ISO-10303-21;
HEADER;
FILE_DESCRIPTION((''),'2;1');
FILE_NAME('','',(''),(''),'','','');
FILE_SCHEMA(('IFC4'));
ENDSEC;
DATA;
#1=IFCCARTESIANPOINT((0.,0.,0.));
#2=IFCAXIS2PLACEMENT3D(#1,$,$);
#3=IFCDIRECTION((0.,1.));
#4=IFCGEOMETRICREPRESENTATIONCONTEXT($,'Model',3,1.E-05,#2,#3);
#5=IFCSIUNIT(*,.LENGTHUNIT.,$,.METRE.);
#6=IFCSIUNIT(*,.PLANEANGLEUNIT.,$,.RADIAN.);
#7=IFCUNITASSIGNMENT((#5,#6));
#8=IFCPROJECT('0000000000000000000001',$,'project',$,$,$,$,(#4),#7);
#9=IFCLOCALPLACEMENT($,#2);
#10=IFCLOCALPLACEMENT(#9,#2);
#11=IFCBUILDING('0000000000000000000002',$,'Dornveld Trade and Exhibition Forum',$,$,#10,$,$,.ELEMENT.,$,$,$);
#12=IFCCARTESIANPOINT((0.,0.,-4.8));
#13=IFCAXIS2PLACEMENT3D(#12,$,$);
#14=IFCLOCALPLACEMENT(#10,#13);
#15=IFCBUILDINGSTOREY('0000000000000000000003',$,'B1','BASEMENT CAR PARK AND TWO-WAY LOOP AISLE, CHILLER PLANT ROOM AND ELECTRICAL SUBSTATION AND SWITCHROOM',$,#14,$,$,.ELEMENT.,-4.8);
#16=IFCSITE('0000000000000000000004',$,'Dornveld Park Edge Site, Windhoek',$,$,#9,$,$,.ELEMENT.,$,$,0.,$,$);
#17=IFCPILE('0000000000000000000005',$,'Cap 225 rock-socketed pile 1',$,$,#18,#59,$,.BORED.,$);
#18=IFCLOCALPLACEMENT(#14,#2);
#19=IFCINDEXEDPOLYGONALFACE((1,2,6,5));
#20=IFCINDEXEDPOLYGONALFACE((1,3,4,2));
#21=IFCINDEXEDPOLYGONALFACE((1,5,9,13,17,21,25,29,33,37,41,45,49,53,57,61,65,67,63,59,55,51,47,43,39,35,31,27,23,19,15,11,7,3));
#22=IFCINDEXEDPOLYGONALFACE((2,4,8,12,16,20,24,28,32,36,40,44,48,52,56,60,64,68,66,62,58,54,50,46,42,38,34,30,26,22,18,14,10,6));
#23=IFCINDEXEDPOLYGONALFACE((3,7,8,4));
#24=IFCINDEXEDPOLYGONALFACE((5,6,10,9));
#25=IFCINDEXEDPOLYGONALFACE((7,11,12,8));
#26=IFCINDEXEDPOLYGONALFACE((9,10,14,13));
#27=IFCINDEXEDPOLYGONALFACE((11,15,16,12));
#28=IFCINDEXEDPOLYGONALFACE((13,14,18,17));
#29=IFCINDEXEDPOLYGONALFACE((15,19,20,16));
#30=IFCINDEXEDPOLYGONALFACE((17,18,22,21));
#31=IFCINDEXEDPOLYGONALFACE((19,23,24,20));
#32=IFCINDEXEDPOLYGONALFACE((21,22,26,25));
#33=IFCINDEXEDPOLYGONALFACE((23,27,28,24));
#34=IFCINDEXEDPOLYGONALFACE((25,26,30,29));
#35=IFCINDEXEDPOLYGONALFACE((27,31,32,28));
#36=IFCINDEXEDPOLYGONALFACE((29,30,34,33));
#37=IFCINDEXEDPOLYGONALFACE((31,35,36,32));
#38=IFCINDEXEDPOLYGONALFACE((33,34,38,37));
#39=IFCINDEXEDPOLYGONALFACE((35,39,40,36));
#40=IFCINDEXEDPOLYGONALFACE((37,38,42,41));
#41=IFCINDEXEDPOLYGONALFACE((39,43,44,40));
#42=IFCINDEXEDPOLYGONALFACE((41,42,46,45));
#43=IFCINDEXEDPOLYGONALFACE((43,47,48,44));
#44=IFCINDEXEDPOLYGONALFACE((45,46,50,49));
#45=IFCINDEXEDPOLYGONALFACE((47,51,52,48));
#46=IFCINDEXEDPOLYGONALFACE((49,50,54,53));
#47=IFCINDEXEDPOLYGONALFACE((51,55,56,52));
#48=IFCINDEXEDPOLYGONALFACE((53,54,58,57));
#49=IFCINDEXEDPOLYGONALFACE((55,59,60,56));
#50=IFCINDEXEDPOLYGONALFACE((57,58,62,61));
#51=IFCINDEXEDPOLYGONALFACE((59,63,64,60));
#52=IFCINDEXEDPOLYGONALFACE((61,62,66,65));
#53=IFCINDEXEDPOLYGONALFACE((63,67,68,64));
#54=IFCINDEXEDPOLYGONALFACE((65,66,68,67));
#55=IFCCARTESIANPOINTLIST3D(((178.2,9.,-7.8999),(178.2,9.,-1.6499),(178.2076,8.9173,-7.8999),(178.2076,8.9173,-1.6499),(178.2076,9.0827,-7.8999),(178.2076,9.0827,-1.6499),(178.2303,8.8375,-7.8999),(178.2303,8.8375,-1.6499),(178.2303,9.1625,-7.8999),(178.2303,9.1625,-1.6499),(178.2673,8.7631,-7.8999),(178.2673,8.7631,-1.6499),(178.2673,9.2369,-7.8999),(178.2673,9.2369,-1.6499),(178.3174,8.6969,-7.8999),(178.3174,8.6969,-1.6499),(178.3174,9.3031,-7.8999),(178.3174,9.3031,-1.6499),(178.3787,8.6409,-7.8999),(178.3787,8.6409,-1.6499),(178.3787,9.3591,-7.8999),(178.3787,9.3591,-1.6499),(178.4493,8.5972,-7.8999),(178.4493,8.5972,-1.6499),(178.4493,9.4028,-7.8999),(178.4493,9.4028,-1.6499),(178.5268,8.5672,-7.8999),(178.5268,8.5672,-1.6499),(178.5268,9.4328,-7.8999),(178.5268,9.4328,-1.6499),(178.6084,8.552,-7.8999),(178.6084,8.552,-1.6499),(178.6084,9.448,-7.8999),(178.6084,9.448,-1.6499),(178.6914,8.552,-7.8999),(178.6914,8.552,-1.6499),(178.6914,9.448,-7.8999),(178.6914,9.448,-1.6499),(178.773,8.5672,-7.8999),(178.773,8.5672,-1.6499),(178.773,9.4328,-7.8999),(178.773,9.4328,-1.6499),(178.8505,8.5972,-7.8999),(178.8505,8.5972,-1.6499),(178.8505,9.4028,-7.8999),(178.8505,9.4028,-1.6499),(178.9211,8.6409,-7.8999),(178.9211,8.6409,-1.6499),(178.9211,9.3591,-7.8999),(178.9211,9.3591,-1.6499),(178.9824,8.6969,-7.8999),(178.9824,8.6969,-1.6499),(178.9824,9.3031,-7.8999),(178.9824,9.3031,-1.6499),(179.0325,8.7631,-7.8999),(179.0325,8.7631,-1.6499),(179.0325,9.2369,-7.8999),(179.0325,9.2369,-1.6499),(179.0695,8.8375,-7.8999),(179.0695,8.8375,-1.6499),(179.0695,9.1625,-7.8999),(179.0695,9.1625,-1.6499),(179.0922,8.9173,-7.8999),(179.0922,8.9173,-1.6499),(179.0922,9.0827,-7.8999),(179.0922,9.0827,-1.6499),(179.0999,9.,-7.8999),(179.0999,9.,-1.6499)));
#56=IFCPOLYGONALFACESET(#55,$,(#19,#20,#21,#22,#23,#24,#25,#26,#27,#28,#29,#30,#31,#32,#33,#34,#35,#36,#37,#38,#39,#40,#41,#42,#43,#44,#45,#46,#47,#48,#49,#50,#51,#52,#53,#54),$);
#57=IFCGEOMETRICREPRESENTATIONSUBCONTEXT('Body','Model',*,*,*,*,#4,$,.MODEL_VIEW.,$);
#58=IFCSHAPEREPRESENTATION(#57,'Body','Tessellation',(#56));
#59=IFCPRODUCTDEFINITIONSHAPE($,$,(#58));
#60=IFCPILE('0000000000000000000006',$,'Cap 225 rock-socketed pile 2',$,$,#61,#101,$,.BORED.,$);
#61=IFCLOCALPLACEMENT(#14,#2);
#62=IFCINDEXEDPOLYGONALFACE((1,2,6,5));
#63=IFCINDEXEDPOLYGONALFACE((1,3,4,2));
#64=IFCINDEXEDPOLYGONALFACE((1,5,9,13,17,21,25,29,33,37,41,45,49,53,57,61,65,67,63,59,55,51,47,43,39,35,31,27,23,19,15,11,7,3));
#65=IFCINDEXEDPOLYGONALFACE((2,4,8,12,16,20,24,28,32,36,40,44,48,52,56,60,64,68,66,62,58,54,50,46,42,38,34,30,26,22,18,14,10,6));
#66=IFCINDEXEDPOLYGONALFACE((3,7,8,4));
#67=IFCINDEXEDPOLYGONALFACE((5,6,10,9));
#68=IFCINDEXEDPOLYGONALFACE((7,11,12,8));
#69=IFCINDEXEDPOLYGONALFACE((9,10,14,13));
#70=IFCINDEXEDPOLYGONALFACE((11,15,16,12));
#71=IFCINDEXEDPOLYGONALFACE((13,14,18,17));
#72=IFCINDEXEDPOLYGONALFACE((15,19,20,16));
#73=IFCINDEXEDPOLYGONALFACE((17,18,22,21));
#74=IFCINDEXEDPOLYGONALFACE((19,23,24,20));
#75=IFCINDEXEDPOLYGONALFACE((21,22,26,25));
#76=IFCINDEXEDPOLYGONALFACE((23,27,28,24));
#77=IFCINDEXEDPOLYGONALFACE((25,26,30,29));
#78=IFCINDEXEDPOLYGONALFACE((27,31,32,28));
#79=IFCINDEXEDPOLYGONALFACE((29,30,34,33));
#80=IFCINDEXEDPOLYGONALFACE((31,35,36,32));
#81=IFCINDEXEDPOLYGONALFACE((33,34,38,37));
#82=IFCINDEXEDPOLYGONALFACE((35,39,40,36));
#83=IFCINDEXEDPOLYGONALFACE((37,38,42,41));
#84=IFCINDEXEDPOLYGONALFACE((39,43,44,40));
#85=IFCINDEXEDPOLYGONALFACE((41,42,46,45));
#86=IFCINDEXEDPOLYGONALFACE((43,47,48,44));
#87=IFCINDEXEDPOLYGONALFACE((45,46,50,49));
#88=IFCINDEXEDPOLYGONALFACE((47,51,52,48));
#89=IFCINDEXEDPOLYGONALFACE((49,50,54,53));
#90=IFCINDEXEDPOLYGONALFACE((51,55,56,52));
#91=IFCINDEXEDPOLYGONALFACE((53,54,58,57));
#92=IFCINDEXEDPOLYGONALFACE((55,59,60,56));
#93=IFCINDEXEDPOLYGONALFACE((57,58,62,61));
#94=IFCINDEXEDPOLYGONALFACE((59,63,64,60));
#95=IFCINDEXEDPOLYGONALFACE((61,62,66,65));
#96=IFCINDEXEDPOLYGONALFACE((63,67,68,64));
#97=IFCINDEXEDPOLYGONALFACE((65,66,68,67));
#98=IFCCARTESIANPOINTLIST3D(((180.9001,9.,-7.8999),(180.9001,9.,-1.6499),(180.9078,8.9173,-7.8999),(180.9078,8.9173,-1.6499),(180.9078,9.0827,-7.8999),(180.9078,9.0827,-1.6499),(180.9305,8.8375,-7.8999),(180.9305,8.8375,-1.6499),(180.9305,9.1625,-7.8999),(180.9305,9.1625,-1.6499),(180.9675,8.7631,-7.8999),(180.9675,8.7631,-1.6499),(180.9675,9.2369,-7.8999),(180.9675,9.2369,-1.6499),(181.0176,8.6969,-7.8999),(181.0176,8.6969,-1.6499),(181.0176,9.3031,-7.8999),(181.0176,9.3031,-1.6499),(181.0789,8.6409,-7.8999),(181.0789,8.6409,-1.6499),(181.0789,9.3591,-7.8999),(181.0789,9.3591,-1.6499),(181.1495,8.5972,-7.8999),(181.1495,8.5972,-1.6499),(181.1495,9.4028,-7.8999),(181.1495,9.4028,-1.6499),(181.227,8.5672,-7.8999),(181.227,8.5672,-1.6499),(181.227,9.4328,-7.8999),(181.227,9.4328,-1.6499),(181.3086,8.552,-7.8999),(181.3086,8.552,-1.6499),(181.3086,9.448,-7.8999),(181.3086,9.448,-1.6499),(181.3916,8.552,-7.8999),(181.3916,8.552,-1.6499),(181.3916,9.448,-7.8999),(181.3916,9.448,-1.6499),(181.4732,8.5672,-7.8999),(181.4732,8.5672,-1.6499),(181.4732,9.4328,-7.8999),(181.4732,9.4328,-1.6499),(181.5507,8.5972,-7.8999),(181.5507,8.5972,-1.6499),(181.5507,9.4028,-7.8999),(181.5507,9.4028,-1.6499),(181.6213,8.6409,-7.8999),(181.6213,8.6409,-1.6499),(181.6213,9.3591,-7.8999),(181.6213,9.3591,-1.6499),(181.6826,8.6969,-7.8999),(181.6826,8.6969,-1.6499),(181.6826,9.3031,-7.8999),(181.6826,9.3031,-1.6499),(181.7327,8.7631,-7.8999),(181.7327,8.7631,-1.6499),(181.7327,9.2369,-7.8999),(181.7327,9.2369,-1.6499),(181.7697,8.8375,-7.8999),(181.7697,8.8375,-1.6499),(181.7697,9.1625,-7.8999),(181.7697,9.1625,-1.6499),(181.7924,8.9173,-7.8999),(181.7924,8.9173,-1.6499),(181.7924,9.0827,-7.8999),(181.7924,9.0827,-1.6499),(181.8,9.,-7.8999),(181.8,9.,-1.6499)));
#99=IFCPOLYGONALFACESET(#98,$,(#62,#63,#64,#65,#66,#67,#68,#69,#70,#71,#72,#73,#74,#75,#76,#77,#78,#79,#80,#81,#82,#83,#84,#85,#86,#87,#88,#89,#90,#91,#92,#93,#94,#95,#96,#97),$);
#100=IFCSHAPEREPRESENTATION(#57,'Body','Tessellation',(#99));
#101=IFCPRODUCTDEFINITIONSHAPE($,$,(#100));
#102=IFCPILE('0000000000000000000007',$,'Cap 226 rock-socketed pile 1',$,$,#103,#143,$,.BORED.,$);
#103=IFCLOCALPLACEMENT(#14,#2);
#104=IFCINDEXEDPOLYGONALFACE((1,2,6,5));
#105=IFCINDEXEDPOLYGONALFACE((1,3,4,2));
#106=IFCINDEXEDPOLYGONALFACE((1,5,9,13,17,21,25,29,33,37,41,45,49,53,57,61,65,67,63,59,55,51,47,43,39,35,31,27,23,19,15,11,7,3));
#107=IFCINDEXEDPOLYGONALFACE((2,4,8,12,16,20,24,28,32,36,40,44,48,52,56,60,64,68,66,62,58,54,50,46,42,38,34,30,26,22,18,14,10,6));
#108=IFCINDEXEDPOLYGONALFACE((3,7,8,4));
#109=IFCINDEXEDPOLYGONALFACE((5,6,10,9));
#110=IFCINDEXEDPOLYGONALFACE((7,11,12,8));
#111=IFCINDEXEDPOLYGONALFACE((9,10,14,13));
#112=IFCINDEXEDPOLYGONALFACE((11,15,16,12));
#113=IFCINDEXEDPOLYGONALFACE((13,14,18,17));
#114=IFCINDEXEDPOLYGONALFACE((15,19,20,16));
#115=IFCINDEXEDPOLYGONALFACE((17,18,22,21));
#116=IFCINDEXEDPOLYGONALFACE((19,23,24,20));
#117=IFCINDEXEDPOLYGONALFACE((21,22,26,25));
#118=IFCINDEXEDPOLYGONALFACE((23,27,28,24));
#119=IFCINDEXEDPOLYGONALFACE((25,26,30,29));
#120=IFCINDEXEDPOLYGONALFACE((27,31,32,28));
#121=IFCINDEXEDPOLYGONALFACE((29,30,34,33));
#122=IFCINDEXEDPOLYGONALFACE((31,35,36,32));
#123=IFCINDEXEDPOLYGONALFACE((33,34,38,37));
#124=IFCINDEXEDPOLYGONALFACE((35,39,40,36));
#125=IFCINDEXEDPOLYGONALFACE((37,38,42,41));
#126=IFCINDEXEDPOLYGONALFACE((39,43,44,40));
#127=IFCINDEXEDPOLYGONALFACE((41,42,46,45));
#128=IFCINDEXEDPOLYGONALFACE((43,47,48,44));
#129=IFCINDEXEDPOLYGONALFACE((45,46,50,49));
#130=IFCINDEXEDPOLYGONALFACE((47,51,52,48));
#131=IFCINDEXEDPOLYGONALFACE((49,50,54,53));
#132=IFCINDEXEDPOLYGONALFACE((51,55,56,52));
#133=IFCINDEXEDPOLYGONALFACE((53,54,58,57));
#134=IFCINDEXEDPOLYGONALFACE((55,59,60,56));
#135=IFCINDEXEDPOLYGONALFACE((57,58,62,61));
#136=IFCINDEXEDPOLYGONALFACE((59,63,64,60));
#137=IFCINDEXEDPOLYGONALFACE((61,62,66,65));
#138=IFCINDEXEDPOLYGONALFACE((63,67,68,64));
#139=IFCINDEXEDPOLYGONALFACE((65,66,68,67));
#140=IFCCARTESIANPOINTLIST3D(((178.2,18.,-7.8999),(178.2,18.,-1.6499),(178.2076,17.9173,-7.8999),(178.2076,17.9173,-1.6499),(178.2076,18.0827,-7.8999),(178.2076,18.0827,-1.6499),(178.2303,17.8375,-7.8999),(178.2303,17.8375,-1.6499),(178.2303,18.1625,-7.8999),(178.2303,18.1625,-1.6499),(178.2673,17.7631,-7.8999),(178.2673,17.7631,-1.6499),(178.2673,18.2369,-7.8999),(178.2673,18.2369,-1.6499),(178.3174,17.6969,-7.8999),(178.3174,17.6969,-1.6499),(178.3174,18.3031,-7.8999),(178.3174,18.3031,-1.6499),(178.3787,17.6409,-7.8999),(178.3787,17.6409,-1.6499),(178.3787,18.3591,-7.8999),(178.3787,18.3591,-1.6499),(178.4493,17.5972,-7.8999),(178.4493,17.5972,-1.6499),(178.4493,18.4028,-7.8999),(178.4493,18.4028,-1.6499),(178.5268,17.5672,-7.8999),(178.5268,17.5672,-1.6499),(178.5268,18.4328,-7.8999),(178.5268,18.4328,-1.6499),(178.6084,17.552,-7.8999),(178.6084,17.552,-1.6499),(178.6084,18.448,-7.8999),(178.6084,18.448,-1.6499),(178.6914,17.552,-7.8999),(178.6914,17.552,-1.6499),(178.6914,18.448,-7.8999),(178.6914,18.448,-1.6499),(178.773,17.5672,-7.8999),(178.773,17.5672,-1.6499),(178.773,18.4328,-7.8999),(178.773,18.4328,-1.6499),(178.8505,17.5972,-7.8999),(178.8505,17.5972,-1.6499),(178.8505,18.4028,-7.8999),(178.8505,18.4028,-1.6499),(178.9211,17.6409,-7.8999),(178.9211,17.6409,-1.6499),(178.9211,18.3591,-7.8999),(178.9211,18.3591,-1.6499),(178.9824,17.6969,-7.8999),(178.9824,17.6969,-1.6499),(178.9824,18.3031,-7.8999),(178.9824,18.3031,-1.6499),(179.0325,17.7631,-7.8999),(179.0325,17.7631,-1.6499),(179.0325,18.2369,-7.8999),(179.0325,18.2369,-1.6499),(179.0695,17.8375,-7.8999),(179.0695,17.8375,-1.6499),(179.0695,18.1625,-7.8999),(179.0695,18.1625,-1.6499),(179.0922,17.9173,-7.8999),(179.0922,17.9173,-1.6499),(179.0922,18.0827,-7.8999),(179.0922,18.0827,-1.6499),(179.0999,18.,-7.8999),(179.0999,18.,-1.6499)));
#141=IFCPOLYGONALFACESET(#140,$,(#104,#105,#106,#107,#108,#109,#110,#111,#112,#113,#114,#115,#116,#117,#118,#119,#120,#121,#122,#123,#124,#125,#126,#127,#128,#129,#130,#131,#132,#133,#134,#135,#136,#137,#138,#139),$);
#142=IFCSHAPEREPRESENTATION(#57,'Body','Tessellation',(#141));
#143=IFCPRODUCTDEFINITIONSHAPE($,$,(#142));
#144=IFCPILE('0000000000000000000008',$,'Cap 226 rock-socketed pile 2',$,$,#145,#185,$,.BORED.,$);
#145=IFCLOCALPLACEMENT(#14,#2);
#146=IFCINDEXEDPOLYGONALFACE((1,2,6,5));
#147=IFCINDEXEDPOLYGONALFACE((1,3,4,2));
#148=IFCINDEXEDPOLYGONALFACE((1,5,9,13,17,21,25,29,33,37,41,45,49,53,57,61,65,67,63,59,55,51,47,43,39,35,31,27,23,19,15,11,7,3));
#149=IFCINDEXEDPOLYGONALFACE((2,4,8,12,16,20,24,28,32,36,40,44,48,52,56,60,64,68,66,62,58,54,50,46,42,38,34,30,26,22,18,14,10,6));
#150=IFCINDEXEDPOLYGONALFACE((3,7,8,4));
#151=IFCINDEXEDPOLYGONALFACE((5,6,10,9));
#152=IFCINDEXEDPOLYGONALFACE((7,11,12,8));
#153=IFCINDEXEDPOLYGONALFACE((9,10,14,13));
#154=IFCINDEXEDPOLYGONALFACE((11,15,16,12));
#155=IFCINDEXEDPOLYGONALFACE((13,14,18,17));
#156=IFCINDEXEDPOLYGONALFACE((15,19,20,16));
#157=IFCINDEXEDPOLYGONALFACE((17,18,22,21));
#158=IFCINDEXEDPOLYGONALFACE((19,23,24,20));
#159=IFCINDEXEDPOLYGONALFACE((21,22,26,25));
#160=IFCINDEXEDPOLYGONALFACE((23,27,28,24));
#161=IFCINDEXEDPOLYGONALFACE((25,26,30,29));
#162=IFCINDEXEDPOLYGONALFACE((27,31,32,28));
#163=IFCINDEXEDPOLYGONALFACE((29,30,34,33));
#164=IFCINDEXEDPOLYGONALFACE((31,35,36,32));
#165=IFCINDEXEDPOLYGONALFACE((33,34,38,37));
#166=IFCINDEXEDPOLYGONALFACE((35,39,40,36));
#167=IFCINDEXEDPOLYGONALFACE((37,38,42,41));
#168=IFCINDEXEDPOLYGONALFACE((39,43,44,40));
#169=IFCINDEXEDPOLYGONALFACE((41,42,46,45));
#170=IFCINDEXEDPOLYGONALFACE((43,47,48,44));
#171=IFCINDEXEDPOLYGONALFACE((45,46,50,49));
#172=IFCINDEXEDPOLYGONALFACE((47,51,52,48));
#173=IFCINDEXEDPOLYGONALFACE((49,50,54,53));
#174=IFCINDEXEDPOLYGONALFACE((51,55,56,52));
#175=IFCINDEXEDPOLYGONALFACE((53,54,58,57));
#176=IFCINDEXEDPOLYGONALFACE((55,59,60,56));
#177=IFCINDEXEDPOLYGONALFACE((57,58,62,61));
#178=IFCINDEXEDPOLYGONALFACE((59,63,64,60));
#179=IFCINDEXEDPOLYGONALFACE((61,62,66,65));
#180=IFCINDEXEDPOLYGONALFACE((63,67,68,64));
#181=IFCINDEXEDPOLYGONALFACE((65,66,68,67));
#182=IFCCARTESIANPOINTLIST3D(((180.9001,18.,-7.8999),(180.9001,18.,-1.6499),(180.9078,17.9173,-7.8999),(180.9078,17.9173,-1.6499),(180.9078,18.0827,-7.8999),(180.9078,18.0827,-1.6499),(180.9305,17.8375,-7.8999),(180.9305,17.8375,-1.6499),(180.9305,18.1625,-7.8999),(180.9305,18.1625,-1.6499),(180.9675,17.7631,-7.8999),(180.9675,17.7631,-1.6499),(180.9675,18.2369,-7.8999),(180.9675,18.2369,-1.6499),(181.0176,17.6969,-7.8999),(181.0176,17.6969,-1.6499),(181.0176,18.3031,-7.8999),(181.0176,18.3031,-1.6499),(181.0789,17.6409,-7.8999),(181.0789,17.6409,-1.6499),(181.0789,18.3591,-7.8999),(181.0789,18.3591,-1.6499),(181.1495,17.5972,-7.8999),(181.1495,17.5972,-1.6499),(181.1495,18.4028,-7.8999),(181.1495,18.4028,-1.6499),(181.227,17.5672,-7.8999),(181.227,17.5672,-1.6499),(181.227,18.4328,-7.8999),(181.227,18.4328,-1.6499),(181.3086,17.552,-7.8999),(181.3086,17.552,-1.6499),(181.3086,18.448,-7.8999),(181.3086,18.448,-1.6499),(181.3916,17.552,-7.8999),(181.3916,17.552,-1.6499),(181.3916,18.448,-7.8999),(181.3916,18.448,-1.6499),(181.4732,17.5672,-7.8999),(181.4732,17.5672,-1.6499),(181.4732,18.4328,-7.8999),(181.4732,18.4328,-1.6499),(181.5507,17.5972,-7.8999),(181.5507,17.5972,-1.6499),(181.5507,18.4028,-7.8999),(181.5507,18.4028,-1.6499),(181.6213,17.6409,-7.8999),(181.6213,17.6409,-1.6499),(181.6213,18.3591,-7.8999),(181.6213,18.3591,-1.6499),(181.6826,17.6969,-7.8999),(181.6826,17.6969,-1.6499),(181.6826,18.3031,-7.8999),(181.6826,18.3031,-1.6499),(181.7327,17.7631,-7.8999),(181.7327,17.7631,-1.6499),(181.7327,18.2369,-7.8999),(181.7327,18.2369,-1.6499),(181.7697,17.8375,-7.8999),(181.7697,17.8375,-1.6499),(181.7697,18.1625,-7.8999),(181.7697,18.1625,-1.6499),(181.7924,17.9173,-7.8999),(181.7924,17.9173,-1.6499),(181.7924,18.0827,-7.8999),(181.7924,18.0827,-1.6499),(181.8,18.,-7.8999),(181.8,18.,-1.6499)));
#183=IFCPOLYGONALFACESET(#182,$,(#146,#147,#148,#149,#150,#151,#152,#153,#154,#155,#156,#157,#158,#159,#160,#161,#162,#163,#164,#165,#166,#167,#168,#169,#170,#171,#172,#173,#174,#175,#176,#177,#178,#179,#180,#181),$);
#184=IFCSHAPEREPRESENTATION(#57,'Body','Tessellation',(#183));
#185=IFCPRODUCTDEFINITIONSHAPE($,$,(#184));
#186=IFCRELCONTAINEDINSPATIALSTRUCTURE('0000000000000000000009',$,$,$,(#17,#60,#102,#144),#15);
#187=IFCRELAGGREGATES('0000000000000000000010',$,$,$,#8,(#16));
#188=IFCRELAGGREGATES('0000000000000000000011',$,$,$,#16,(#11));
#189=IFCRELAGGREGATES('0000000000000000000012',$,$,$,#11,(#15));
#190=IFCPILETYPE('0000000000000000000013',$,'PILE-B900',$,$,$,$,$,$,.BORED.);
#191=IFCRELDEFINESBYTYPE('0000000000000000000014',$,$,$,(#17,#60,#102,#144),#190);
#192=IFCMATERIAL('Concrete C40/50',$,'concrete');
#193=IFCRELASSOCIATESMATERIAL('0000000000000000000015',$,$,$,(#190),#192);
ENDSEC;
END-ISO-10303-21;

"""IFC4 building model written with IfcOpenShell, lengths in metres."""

from ifc_helpers import new_model, si_unit, direction, frame, origin, origin_2d, place, context, subcontext, project, spatial, circle, extrude, material, material_profile, profile_set, type_object, element, save


model = new_model("IFC4")

# Units and contexts
model_context = context("Model", 3, precision=1e-05, world=origin(), true_north=direction((0.0, 1.0)))
body_context = subcontext(model_context, "Body", "Model", "MODEL_VIEW")
ifc_project = project(units=[si_unit("LENGTHUNIT", "METRE"), si_unit("PLANEANGLEUNIT", "RADIAN")], contexts=[model_context])

# Site, building, storey
site_placement = place(None, origin())
site = spatial("IfcSite", under=ifc_project, at=site_placement, Name="Dornveld Park Edge Site, Windhoek", CompositionType="ELEMENT", RefElevation=0.0)
building_placement = place(site_placement, origin())
building = spatial("IfcBuilding", under=site, at=building_placement, Name="Dornveld Trade and Exhibition Forum", CompositionType="ELEMENT")
storey_placement = place(building_placement, frame((0.0, 0.0, -4.8)))
storey = spatial("IfcBuildingStorey", under=building, at=storey_placement, Name="B1", Description="BASEMENT CAR PARK AND TWO-WAY LOOP AISLE, CHILLER PLANT ROOM AND ELECTRICAL SUBSTATION AND SWITCHROOM", CompositionType="ELEMENT", Elevation=-4.8)

# Piles
ifc_material_1 = material(Name="Concrete C40/50", Category="concrete")
ifc_material_profile_1 = material_profile(ifc_material_1, circle(Radius=0.45, at=origin_2d()), Name="PILE D900")
ifc_profile_set_1 = profile_set([ifc_material_profile_1], Name="Concrete C40/50")
pile_type = type_object("IfcPileType", Name="PILE-B900", PredefinedType="BORED", material=ifc_profile_set_1)
for number, where, z_axis, x_axis, name in (
    (1, (178.6499, 9.0, -1.6499), (0.0, 0.0, -1.0), (1.0, 0.0, 0.0), "Cap 225 rock-socketed pile 1"),
    (2, (181.3501, 9.0, -1.6499), (0.0, 0.0, -1.0), (1.0, 0.0, 0.0), "Cap 225 rock-socketed pile 2"),
    (3, (178.6499, 18.0, -1.6499), (0.0, 0.0, -1.0), (1.0, 0.0, 0.0), "Cap 226 rock-socketed pile 1"),
    (4, (181.3501, 18.0, -1.6499), (0.0, 0.0, -1.0), (1.0, 0.0, 0.0), "Cap 226 rock-socketed pile 2"),
):
    element("IfcPile", number, at=place(storey_placement, frame(where, z_axis=z_axis, x_axis=x_axis)), inside=storey, type_object=pile_type, Name=name, PredefinedType="BORED", context=body_context, shape_type="SweptSolid", body=[
        extrude(circle(Radius=0.45, at=origin_2d()), origin(), (0.0, 0.0, 1.0), 6.25),
    ])

save(model, "model.ifc")
